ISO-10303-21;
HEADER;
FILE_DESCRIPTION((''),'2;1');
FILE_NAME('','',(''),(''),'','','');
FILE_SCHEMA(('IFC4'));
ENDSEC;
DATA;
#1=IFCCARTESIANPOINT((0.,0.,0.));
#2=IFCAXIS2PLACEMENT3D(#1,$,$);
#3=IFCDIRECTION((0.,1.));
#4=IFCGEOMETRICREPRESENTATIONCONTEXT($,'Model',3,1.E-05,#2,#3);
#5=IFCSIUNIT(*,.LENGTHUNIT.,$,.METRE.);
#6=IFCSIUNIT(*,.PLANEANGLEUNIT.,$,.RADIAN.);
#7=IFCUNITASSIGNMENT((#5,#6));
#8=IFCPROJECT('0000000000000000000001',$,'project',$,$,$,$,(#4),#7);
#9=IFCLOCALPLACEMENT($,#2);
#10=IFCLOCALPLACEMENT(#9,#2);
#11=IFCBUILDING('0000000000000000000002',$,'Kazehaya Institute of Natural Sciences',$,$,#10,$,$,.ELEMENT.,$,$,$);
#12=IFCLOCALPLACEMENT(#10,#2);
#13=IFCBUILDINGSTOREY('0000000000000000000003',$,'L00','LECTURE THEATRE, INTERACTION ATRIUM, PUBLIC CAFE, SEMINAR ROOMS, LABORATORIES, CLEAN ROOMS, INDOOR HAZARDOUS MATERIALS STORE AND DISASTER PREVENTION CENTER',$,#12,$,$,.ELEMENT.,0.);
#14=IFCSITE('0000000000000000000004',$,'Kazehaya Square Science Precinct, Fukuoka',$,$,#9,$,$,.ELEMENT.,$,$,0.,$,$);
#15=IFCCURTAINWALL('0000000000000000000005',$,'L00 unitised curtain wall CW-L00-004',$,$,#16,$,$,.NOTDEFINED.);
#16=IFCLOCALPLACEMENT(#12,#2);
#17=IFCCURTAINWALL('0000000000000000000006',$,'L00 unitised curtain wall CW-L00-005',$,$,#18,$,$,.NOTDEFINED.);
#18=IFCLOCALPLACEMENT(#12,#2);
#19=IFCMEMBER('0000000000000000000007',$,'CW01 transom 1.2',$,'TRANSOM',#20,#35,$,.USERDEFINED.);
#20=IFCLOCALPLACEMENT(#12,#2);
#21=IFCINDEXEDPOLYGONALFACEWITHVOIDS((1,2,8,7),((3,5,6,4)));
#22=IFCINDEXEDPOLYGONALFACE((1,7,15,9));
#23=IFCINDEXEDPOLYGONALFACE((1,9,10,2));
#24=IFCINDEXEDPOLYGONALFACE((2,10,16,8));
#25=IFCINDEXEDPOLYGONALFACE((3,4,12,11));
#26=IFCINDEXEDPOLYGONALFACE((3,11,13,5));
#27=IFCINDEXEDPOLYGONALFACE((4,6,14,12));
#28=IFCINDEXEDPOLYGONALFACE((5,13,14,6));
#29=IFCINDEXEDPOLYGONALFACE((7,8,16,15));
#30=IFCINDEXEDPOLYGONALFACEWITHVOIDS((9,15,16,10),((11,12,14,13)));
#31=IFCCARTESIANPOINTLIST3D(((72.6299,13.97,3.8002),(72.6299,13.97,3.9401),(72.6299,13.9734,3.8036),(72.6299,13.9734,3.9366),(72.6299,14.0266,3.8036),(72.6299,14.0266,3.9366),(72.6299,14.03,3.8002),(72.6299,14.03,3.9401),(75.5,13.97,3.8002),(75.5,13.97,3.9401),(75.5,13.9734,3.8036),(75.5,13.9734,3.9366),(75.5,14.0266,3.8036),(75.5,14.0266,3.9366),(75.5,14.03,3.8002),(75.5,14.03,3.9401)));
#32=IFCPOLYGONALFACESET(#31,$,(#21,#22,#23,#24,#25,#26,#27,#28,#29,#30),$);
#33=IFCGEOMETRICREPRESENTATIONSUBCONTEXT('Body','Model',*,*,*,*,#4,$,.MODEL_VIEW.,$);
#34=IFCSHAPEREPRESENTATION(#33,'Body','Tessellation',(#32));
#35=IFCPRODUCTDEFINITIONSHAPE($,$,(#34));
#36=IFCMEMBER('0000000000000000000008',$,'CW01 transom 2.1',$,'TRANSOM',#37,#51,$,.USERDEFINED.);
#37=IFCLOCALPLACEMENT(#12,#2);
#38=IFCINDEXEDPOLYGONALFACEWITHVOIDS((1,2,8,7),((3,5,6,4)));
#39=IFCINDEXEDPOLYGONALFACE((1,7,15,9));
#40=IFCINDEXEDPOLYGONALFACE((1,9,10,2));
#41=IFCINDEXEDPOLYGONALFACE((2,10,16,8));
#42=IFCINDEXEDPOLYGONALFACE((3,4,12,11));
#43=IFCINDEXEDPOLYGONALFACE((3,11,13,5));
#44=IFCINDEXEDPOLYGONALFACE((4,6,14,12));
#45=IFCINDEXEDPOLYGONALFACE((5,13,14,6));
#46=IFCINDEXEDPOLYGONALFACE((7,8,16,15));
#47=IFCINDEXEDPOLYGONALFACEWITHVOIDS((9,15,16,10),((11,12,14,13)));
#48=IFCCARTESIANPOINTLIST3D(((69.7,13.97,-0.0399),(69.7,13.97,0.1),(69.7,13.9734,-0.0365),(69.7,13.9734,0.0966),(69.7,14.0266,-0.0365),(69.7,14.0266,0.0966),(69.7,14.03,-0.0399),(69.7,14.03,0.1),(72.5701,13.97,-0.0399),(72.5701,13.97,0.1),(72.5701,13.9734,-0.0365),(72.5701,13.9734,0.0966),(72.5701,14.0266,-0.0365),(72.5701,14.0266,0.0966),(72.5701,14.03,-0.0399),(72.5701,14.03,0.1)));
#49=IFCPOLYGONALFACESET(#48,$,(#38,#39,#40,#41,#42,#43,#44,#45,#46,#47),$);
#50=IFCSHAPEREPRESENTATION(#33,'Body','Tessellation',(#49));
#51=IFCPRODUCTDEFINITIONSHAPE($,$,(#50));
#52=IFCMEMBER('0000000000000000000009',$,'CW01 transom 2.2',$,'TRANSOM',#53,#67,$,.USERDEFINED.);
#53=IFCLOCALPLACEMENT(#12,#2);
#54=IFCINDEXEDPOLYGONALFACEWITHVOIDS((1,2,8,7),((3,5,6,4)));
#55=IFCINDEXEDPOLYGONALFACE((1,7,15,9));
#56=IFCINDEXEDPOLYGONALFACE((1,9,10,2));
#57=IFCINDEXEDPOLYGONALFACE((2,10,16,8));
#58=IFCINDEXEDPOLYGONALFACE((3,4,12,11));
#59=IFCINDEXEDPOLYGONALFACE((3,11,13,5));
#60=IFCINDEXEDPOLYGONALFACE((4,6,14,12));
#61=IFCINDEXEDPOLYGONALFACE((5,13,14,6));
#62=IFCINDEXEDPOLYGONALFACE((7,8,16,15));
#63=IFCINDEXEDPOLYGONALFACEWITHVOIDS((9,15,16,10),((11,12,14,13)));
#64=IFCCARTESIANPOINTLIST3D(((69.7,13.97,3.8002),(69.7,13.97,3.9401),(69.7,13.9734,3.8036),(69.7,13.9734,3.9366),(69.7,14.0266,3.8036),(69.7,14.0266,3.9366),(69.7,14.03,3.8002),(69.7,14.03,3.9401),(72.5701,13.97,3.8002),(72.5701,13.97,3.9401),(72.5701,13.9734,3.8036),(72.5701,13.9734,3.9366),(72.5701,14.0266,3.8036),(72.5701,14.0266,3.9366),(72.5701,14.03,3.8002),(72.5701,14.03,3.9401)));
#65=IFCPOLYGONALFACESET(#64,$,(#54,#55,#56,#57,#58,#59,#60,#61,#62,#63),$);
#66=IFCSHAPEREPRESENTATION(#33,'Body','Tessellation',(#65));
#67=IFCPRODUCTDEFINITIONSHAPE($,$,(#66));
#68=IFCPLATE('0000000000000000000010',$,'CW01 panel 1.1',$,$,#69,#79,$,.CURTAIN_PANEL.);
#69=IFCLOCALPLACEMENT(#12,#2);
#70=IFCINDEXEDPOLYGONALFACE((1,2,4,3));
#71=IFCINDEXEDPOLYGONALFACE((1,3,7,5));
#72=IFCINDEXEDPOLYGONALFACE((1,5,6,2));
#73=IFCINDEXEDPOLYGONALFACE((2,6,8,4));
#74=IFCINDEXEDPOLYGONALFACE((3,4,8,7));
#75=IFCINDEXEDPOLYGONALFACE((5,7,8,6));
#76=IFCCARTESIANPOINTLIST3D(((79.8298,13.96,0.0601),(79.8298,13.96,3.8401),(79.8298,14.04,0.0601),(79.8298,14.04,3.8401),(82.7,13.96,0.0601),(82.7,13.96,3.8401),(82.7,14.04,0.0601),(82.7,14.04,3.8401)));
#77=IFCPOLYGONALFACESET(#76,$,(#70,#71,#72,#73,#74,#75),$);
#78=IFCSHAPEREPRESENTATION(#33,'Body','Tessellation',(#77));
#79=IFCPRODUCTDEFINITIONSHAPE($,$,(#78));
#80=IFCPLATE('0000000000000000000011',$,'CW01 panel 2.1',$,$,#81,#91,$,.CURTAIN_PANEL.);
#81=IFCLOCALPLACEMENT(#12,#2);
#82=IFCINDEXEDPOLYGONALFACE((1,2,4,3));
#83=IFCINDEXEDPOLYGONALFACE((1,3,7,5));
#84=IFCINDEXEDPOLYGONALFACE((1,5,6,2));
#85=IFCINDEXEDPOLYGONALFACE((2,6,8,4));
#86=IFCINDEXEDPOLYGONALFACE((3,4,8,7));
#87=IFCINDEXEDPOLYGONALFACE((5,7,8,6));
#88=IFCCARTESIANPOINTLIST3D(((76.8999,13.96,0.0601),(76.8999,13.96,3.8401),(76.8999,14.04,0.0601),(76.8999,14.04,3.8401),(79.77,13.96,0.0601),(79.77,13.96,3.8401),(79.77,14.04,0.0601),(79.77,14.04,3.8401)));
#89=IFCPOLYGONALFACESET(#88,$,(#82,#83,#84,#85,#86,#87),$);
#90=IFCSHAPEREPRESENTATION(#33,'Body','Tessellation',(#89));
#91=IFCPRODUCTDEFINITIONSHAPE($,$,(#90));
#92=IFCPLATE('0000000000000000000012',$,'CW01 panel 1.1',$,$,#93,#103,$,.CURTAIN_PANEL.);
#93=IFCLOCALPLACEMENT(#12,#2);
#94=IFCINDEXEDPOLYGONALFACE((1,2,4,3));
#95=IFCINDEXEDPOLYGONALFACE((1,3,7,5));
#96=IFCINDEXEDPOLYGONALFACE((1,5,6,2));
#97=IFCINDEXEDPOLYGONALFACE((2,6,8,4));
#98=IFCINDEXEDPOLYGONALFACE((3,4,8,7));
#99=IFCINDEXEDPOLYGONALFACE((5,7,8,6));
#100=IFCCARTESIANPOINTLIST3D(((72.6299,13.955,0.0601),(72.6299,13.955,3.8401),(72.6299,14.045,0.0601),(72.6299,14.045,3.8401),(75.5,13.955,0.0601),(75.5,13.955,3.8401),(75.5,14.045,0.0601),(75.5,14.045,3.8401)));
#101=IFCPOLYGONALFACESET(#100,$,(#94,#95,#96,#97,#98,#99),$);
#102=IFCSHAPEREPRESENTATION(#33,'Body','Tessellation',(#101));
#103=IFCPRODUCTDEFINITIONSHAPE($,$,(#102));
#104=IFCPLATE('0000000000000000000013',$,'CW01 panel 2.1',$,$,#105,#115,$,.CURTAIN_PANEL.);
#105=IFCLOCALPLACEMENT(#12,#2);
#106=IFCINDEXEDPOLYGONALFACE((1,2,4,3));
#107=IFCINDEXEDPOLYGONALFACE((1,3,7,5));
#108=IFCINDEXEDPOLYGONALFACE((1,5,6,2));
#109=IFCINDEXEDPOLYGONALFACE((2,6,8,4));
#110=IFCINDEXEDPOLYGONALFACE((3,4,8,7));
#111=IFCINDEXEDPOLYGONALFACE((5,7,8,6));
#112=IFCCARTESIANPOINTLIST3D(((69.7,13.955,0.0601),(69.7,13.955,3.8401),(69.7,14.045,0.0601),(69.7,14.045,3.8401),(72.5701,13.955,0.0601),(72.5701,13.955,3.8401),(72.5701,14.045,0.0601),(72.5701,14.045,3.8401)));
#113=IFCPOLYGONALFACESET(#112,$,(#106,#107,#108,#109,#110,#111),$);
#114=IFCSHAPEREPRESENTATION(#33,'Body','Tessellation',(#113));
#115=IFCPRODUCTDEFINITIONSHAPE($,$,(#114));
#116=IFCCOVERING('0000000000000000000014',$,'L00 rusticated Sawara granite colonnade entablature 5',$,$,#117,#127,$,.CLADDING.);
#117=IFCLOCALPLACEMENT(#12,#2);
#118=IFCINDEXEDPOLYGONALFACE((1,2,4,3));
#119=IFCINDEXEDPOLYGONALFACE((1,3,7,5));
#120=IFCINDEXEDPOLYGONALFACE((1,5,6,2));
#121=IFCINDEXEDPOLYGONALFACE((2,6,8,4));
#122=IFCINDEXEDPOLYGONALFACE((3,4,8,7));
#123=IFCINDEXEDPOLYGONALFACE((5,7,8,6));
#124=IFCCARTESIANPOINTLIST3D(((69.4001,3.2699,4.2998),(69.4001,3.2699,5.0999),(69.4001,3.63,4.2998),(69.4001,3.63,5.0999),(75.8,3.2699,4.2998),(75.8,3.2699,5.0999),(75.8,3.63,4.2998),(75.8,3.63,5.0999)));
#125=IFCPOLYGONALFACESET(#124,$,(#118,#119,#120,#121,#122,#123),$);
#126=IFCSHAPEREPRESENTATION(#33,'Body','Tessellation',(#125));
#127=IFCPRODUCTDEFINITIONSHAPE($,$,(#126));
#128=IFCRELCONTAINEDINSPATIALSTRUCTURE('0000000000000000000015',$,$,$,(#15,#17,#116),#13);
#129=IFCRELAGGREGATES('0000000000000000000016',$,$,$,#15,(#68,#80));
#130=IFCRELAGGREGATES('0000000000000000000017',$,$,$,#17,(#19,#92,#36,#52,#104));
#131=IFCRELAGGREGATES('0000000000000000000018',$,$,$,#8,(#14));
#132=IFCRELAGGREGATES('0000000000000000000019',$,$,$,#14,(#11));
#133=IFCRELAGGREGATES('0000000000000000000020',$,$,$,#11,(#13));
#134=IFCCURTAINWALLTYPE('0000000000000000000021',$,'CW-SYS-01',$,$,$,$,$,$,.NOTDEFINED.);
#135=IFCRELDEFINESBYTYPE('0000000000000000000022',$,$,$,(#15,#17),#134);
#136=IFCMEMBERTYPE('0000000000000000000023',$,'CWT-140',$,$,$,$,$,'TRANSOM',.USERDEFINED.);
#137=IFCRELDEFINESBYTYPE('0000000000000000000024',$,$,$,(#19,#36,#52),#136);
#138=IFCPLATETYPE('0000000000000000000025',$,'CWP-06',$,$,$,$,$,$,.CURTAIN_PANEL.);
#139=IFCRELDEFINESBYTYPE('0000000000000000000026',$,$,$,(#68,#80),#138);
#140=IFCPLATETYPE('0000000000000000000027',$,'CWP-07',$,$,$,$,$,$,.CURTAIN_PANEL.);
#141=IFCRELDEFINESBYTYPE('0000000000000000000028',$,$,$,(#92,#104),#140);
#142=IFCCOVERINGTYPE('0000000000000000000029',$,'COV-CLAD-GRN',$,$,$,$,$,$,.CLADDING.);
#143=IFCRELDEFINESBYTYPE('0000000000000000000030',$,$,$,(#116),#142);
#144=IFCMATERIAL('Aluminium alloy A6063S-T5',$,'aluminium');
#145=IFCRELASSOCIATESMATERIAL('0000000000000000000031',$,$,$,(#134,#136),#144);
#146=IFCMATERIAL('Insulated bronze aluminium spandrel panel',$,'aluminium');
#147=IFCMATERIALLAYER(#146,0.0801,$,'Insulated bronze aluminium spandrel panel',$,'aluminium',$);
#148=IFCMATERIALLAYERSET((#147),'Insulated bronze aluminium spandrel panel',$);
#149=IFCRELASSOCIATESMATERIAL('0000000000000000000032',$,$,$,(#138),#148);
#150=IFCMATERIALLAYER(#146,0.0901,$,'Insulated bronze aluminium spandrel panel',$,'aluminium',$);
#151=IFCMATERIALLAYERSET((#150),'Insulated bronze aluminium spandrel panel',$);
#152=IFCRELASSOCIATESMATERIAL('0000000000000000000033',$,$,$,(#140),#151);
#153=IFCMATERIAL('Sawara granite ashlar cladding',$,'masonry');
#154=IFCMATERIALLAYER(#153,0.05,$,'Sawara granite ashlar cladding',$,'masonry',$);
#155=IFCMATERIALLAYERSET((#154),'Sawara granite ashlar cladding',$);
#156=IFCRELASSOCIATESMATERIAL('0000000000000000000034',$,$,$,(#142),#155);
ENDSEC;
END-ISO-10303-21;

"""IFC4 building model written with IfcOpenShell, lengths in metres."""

from ifc_helpers import new_model, si_unit, direction, frame, origin, origin_2d, place, context, subcontext, project, spatial, rectangle, hollow_rectangle, extrude, material, layer, layer_set, material_profile, profile_set, type_object, element, aggregate, save


model = new_model("IFC4")

# Units and contexts
model_context = context("Model", 3, precision=1e-05, world=origin(), true_north=direction((0.0, 1.0)))
body_context = subcontext(model_context, "Body", "Model", "MODEL_VIEW")
ifc_project = project(units=[si_unit("LENGTHUNIT", "METRE"), si_unit("PLANEANGLEUNIT", "RADIAN")], contexts=[model_context])

# Site, building, storey
site_placement = place(None, origin())
site = spatial("IfcSite", under=ifc_project, at=site_placement, Name="Kazehaya Square Science Precinct, Fukuoka", CompositionType="ELEMENT", RefElevation=0.0)
building_placement = place(site_placement, origin())
building = spatial("IfcBuilding", under=site, at=building_placement, Name="Kazehaya Institute of Natural Sciences", CompositionType="ELEMENT")
storey_placement = place(building_placement, origin())
storey = spatial("IfcBuildingStorey", under=building, at=storey_placement, Name="L00", Description="LECTURE THEATRE, INTERACTION ATRIUM, PUBLIC CAFE, SEMINAR ROOMS, LABORATORIES, CLEAN ROOMS, INDOOR HAZARDOUS MATERIALS STORE AND DISASTER PREVENTION CENTER", CompositionType="ELEMENT", Elevation=0.0)

# Curtain walls
ifc_material_1 = material(Name="Aluminium alloy A6063S-T5", Category="aluminium")
curtain_wall_type = type_object("IfcCurtainWallType", Name="CW-SYS-01", PredefinedType="NOTDEFINED", material=ifc_material_1)
curtain_wall_1_placement = place(storey_placement, origin())
curtain_wall_1 = element("IfcCurtainWall", 1, at=curtain_wall_1_placement, inside=storey, type_object=curtain_wall_type, Name="L00 unitised curtain wall CW-L00-004", PredefinedType="NOTDEFINED")
curtain_wall_2_placement = place(storey_placement, origin())
curtain_wall_2 = element("IfcCurtainWall", 2, at=curtain_wall_2_placement, inside=storey, type_object=curtain_wall_type, Name="L00 unitised curtain wall CW-L00-005", PredefinedType="NOTDEFINED")

# Members
ifc_material_profile_1 = material_profile(ifc_material_1, hollow_rectangle(XDim=0.0601, YDim=0.1399, WallThickness=0.0034, at=origin_2d()), Name="ALU-60x140x3.5")
ifc_profile_set_1 = profile_set([ifc_material_profile_1], Name="Aluminium alloy A6063S-T5")
member_type_1 = type_object("IfcMemberType", Name="CWT-140", ElementType="TRANSOM", PredefinedType="USERDEFINED", material=ifc_profile_set_1)
member_1_placement = place(storey_placement, frame((75.5, 14.0, 3.8701), z_axis=(-1.0, 0.0, 0.0), x_axis=(0.0, -1.0, 0.0)))
member_1 = element("IfcMember", 3, at=member_1_placement, type_object=member_type_1, Name="CW01 transom 1.2", ObjectType="TRANSOM", PredefinedType="USERDEFINED", context=body_context, shape_type="SweptSolid", body=[
    extrude(hollow_rectangle(XDim=0.0601, YDim=0.1399, WallThickness=0.0034, at=origin_2d()), origin(), (0.0, 0.0, 1.0), 2.8701),
])
member_2_placement = place(storey_placement, frame((72.5701, 14.0, 0.03), z_axis=(-1.0, 0.0, 0.0), x_axis=(0.0, -1.0, 0.0)))
member_2 = element("IfcMember", 4, at=member_2_placement, type_object=member_type_1, Name="CW01 transom 2.1", ObjectType="TRANSOM", PredefinedType="USERDEFINED", context=body_context, shape_type="SweptSolid", body=[
    extrude(hollow_rectangle(XDim=0.0601, YDim=0.1399, WallThickness=0.0034, at=origin_2d()), origin(), (0.0, 0.0, 1.0), 2.8701),
])
member_3_placement = place(storey_placement, frame((72.5701, 14.0, 3.8701), z_axis=(-1.0, 0.0, 0.0), x_axis=(0.0, -1.0, 0.0)))
member_3 = element("IfcMember", 5, at=member_3_placement, type_object=member_type_1, Name="CW01 transom 2.2", ObjectType="TRANSOM", PredefinedType="USERDEFINED", context=body_context, shape_type="SweptSolid", body=[
    extrude(hollow_rectangle(XDim=0.0601, YDim=0.1399, WallThickness=0.0034, at=origin_2d()), origin(), (0.0, 0.0, 1.0), 2.8701),
])

# Plates
ifc_material_2 = material(Name="Insulated bronze aluminium spandrel panel", Category="aluminium")
ifc_layer_1 = layer(ifc_material_2, 0.0801, Name="Insulated bronze aluminium spandrel panel", Category="aluminium")
ifc_layer_set_1 = layer_set([ifc_layer_1], Name="Insulated bronze aluminium spandrel panel")
plate_type_1 = type_object("IfcPlateType", Name="CWP-06", PredefinedType="CURTAIN_PANEL", material=ifc_layer_set_1)
plate_1_placement = place(storey_placement, frame((81.2649, 14.0, 0.0601), z_axis=(0.0, 0.0, 1.0), x_axis=(-1.0, 0.0, 0.0)))
plate_1 = element("IfcPlate", 6, at=plate_1_placement, type_object=plate_type_1, Name="CW01 panel 1.1", PredefinedType="CURTAIN_PANEL", context=body_context, shape_type="SweptSolid", body=[
    extrude(rectangle(XDim=2.8701, YDim=0.0801, at=origin_2d()), origin(), (0.0, 0.0, 1.0), 3.78),
])
plate_2_placement = place(storey_placement, frame((78.335, 14.0, 0.0601), z_axis=(0.0, 0.0, 1.0), x_axis=(-1.0, 0.0, 0.0)))
plate_2 = element("IfcPlate", 7, at=plate_2_placement, type_object=plate_type_1, Name="CW01 panel 2.1", PredefinedType="CURTAIN_PANEL", context=body_context, shape_type="SweptSolid", body=[
    extrude(rectangle(XDim=2.8701, YDim=0.0801, at=origin_2d()), origin(), (0.0, 0.0, 1.0), 3.78),
])
aggregate(curtain_wall_1, [plate_1, plate_2])
ifc_layer_2 = layer(ifc_material_2, 0.0901, Name="Insulated bronze aluminium spandrel panel", Category="aluminium")
ifc_layer_set_2 = layer_set([ifc_layer_2], Name="Insulated bronze aluminium spandrel panel")
plate_type_2 = type_object("IfcPlateType", Name="CWP-07", PredefinedType="CURTAIN_PANEL", material=ifc_layer_set_2)
plate_3_placement = place(storey_placement, frame((74.0649, 14.0, 0.0601), z_axis=(0.0, 0.0, 1.0), x_axis=(-1.0, 0.0, 0.0)))
plate_3 = element("IfcPlate", 8, at=plate_3_placement, type_object=plate_type_2, Name="CW01 panel 1.1", PredefinedType="CURTAIN_PANEL", context=body_context, shape_type="SweptSolid", body=[
    extrude(rectangle(XDim=2.8701, YDim=0.0901, at=origin_2d()), origin(), (0.0, 0.0, 1.0), 3.78),
])
plate_4_placement = place(storey_placement, frame((71.135, 14.0, 0.0601), z_axis=(0.0, 0.0, 1.0), x_axis=(-1.0, 0.0, 0.0)))
plate_4 = element("IfcPlate", 9, at=plate_4_placement, type_object=plate_type_2, Name="CW01 panel 2.1", PredefinedType="CURTAIN_PANEL", context=body_context, shape_type="SweptSolid", body=[
    extrude(rectangle(XDim=2.8701, YDim=0.0901, at=origin_2d()), origin(), (0.0, 0.0, 1.0), 3.78),
])
aggregate(curtain_wall_2, [member_1, plate_3, member_2, member_3, plate_4])

# Covering
ifc_material_3 = material(Name="Sawara granite ashlar cladding", Category="masonry")
ifc_layer_3 = layer(ifc_material_3, 0.05, Name="Sawara granite ashlar cladding", Category="masonry")
ifc_layer_set_3 = layer_set([ifc_layer_3], Name="Sawara granite ashlar cladding")
covering_type = type_object("IfcCoveringType", Name="COV-CLAD-GRN", PredefinedType="CLADDING", material=ifc_layer_set_3)
covering_placement = place(storey_placement, frame((72.6001, 3.45, 4.2998), z_axis=(0.0, 0.0, 1.0), x_axis=(1.0, 0.0, 0.0)))
element("IfcCovering", 10, at=covering_placement, inside=storey, type_object=covering_type, Name="L00 rusticated Sawara granite colonnade entablature 5", PredefinedType="CLADDING", context=body_context, shape_type="SweptSolid", body=[
    extrude(rectangle(XDim=6.3999, YDim=0.3601, at=origin_2d()), origin(), (0.0, 0.0, 1.0), 0.8),
])

save(model, "model.ifc")
